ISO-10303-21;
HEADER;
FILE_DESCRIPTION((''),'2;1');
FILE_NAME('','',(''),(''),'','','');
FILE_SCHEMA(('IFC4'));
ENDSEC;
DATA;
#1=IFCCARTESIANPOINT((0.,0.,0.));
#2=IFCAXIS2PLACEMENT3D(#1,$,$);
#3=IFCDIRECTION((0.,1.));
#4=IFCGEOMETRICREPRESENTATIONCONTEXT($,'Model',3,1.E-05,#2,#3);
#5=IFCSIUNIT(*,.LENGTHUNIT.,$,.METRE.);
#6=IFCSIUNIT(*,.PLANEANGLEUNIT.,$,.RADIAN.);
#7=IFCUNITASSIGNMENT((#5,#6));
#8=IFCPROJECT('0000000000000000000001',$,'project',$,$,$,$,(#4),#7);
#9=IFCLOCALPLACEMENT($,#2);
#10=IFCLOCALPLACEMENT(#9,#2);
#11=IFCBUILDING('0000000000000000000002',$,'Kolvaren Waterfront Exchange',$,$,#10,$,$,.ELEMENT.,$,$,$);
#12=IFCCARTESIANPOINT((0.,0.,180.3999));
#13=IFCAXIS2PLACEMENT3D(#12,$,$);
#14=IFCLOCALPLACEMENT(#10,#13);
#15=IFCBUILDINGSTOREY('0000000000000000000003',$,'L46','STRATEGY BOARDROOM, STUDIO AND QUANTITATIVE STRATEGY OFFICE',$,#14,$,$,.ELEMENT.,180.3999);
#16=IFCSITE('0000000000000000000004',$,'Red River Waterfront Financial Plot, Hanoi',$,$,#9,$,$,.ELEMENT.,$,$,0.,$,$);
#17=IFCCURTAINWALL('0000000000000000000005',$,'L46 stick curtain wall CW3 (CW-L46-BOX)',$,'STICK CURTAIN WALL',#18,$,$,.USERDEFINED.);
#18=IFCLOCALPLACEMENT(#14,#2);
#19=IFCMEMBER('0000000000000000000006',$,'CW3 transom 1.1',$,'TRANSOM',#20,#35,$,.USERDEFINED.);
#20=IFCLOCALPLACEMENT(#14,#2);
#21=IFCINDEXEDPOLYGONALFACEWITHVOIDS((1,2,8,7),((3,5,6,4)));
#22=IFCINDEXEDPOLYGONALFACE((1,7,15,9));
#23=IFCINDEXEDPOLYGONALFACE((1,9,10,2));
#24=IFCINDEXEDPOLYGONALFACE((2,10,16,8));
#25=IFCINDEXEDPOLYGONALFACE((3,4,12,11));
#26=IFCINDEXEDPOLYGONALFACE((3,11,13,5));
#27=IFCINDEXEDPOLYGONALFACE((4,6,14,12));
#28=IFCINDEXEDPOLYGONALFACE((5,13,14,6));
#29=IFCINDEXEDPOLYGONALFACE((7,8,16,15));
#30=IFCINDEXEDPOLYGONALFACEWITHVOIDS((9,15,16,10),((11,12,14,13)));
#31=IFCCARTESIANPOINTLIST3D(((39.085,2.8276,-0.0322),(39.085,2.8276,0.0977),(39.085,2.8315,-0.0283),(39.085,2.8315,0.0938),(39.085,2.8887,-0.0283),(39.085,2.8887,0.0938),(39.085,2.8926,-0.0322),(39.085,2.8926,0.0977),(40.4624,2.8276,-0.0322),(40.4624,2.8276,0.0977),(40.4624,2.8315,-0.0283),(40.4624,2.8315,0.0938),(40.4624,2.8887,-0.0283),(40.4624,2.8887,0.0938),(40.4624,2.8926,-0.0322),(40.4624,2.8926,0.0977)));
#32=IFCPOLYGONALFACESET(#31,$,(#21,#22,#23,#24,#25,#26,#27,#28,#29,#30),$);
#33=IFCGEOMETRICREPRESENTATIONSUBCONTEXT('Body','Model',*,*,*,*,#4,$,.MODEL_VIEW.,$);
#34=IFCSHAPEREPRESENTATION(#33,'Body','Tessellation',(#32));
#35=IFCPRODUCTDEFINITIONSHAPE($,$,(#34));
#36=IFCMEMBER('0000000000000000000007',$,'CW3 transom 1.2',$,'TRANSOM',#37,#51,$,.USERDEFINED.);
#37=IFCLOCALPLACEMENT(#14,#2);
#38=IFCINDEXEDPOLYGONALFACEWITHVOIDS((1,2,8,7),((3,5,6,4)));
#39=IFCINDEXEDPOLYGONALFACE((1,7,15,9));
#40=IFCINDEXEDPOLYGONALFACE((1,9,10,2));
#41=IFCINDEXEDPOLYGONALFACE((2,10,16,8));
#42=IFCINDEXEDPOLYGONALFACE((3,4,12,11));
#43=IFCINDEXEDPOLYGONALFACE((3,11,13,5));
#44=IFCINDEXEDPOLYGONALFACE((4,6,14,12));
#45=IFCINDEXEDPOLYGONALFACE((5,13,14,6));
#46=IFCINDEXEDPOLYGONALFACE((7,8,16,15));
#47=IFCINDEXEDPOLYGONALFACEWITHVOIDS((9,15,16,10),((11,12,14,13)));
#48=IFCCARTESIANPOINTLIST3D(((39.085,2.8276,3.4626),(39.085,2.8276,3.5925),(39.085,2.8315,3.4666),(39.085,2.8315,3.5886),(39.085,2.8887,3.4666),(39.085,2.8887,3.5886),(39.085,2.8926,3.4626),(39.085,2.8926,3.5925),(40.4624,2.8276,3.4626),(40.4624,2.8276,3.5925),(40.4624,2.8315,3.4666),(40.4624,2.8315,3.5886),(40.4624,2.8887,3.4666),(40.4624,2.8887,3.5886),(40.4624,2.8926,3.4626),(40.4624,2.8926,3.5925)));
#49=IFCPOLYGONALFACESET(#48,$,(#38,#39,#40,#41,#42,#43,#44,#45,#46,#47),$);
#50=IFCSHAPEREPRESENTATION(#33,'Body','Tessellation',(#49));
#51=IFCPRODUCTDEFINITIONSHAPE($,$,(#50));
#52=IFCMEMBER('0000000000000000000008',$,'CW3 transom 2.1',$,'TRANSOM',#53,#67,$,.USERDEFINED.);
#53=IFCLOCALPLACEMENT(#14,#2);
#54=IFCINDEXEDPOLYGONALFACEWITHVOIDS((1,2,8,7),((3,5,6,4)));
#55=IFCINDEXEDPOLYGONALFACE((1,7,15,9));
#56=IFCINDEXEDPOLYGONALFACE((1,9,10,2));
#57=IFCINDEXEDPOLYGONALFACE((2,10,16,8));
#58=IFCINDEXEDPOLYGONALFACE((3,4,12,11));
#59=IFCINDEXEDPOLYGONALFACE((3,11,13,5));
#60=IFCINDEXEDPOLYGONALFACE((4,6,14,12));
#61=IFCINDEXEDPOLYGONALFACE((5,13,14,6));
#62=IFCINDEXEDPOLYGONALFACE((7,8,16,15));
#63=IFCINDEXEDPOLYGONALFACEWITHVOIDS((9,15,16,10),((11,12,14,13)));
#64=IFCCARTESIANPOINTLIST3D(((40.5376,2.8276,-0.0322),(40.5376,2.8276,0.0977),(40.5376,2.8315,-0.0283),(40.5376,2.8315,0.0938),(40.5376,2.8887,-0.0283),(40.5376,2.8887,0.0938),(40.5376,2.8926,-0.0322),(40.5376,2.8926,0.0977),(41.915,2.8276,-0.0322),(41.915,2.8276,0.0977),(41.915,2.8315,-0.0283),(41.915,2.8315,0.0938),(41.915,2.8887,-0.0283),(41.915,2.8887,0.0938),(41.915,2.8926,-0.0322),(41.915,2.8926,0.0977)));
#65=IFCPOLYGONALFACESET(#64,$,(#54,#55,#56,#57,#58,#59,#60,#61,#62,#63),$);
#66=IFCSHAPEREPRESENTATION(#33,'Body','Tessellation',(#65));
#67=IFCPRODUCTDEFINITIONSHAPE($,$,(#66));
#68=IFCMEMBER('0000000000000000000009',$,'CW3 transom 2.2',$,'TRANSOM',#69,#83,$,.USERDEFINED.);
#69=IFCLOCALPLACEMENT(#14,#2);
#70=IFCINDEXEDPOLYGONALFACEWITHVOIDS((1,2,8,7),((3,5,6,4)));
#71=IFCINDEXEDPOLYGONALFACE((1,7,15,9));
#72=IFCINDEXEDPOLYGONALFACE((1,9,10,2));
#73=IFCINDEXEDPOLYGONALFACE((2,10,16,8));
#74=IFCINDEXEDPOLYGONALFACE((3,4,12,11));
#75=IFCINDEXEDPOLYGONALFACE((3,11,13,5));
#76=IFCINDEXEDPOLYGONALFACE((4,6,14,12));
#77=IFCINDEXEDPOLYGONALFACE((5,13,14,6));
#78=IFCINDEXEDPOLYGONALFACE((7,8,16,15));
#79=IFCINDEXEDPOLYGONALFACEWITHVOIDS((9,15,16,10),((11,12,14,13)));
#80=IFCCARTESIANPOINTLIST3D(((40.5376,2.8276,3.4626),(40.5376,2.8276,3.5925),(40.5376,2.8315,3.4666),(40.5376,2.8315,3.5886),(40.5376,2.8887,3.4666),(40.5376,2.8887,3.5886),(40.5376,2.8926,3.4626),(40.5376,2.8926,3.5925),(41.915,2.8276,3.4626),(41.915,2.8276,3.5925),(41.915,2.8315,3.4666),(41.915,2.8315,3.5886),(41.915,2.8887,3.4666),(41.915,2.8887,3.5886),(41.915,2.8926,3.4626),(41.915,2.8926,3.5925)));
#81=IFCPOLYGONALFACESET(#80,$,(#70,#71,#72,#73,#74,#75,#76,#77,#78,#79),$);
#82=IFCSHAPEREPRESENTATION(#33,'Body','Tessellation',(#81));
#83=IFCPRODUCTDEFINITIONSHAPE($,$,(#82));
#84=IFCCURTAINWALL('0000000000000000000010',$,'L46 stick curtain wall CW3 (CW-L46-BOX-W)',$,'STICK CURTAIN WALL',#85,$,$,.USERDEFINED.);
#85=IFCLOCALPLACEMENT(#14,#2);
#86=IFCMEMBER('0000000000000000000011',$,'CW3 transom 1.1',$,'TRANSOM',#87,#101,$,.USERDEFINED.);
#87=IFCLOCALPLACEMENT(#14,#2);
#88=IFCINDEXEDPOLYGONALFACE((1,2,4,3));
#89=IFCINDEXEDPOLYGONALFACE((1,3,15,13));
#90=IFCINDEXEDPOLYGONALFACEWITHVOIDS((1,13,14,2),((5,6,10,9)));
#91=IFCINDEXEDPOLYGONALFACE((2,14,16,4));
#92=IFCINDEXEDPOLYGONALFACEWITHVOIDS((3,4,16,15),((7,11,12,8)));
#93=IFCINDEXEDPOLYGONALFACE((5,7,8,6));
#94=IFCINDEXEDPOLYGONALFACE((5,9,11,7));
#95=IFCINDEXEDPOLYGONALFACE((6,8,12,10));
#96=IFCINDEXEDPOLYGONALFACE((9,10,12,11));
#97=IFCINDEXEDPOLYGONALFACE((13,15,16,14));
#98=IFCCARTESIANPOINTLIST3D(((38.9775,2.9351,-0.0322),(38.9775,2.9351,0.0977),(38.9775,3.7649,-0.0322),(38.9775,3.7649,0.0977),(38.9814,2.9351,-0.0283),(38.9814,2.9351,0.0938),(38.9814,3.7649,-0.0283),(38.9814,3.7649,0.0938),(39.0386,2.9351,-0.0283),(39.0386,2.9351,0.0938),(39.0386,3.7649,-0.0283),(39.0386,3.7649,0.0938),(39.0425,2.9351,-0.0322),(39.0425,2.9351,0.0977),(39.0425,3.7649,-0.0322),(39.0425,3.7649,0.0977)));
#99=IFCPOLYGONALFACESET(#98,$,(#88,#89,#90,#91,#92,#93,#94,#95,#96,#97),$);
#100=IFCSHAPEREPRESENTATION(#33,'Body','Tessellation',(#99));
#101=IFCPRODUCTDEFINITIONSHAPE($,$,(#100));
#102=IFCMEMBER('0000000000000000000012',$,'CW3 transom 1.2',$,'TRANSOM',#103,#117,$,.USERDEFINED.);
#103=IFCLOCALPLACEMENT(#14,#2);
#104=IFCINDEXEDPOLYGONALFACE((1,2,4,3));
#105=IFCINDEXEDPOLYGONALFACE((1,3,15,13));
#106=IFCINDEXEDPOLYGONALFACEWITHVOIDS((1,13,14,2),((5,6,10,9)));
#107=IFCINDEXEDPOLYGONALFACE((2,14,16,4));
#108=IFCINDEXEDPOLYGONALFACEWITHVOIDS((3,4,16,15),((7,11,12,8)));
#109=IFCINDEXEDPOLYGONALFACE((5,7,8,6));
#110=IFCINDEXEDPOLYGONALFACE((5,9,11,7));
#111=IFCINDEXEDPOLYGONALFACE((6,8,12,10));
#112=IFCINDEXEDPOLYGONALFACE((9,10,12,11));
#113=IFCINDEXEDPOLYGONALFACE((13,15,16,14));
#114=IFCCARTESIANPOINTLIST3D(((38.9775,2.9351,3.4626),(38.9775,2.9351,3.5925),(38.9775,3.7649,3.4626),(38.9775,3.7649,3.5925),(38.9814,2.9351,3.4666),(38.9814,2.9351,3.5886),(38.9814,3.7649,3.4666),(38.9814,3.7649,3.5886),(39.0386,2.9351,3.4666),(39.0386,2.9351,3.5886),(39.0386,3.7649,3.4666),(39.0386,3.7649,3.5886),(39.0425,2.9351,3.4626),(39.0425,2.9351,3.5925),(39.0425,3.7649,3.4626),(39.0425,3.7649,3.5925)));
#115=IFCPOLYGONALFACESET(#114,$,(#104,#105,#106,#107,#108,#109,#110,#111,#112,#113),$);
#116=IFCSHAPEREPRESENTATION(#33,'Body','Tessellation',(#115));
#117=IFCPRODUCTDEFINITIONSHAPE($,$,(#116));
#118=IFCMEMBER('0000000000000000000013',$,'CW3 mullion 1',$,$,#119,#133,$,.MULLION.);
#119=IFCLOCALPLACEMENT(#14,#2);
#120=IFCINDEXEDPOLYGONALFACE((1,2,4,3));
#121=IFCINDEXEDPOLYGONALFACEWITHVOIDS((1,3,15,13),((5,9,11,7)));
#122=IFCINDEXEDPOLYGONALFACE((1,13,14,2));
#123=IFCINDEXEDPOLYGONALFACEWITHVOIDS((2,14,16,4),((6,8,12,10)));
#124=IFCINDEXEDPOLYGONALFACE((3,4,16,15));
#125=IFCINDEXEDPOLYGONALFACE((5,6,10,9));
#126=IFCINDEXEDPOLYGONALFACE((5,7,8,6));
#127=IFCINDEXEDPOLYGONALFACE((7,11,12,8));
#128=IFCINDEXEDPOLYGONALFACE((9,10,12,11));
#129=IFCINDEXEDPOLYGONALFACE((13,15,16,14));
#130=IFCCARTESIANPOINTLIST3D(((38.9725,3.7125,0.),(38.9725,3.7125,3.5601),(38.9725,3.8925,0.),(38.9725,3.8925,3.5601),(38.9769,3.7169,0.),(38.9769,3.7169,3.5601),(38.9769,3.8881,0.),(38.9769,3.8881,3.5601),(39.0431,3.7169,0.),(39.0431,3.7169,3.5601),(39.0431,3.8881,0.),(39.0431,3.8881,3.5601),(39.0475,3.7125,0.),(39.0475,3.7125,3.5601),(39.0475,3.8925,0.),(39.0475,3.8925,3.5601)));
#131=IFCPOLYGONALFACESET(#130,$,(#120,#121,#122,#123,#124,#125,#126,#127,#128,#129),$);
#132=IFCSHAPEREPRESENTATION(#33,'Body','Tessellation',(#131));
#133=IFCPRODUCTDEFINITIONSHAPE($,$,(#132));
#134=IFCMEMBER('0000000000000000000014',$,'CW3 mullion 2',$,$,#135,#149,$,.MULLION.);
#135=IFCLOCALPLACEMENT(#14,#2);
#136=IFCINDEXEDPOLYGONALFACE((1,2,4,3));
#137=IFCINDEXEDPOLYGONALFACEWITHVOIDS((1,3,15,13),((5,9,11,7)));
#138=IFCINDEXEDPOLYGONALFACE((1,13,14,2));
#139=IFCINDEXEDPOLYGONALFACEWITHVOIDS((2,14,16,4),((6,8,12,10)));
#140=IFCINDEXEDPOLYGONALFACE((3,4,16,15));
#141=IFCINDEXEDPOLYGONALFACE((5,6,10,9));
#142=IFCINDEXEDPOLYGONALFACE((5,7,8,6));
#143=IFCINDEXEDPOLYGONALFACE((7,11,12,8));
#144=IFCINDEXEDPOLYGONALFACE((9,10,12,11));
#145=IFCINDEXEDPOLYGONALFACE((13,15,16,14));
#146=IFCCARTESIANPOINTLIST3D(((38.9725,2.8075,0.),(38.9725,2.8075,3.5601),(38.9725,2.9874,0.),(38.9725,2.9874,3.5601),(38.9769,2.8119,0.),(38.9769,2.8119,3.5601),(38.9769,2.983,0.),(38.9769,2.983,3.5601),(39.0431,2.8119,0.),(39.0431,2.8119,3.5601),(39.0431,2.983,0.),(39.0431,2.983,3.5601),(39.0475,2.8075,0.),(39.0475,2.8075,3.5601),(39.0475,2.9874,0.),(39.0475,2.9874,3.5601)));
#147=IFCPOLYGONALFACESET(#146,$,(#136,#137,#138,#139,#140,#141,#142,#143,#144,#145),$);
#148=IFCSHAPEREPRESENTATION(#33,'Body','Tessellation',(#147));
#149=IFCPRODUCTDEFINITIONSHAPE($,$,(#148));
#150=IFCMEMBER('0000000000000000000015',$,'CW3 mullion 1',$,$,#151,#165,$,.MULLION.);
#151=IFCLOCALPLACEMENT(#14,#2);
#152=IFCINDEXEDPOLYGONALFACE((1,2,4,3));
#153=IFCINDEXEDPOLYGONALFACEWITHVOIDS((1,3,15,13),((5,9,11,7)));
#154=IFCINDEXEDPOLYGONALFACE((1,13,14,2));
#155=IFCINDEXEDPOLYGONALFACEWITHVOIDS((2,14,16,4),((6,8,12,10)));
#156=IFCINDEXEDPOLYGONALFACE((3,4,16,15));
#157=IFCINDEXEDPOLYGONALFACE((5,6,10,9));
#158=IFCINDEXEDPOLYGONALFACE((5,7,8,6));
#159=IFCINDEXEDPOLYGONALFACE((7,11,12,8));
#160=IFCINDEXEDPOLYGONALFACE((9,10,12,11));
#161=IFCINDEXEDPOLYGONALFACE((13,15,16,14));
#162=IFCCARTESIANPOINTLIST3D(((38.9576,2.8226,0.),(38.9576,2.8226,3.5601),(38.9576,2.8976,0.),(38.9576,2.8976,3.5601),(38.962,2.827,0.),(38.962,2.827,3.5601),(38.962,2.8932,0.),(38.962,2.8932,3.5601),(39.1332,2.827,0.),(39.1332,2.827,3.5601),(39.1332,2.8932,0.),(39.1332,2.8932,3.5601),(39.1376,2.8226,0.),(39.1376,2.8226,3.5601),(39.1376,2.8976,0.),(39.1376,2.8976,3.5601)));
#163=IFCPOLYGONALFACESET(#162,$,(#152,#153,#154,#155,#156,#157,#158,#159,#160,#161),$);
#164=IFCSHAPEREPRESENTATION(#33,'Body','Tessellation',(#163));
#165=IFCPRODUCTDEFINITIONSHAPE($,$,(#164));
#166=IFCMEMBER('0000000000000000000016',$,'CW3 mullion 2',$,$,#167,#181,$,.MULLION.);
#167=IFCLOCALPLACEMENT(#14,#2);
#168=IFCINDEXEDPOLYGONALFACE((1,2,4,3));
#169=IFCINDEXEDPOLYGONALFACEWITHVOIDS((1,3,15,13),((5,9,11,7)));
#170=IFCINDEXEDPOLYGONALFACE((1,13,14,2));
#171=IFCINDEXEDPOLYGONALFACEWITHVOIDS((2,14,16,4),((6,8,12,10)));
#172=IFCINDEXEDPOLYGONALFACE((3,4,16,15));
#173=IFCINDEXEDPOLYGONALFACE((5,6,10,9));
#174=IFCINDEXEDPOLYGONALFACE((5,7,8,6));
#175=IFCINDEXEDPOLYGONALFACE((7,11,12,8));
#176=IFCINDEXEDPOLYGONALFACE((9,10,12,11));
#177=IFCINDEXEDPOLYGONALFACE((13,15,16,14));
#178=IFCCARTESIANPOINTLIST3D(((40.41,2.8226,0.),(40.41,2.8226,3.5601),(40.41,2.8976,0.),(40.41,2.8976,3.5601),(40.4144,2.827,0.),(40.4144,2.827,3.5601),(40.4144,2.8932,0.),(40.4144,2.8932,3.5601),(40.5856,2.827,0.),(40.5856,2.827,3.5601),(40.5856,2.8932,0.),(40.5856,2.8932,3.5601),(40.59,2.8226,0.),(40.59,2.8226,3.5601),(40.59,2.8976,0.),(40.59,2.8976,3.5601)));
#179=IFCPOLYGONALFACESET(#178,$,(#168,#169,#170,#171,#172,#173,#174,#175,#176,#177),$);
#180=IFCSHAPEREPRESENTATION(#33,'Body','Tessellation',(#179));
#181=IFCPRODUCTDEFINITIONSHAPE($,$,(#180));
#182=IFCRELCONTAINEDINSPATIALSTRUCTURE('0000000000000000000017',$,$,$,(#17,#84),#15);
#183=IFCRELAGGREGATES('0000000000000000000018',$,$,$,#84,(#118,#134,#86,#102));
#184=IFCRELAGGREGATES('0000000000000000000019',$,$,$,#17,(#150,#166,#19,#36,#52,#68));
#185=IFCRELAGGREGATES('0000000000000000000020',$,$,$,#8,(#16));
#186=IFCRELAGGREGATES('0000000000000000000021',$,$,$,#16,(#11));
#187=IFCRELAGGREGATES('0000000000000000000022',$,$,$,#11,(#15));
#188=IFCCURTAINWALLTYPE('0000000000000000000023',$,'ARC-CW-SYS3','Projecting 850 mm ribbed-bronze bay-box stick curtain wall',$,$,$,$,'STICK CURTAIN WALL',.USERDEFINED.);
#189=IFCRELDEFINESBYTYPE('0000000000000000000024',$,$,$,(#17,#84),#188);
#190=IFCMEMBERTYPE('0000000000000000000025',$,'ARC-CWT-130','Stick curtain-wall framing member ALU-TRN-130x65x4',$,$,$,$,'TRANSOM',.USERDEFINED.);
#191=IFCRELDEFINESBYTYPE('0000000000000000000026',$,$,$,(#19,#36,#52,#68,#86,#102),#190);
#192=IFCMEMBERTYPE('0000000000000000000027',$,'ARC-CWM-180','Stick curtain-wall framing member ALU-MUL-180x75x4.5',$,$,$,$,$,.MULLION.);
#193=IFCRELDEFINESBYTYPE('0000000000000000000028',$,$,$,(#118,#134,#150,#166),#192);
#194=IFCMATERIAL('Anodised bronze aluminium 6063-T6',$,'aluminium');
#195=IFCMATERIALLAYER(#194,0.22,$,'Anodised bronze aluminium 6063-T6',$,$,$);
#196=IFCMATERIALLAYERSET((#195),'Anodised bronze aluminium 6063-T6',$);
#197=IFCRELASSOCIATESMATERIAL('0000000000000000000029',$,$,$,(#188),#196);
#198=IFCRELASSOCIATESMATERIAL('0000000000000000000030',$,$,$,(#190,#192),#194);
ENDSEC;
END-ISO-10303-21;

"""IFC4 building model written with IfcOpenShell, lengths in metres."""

from ifc_helpers import new_model, si_unit, direction, frame, origin, origin_with_axes, origin_2d, place, context, subcontext, project, spatial, hollow_rectangle, extrude, source, transform, mapped, material, layer, layer_set, material_profile, profile_set, type_object, element, aggregate, save


model = new_model("IFC4")

# Units and contexts
model_context = context("Model", 3, precision=1e-05, world=origin(), true_north=direction((0.0, 1.0)))
body_context = subcontext(model_context, "Body", "Model", "MODEL_VIEW")
ifc_project = project(units=[si_unit("LENGTHUNIT", "METRE"), si_unit("PLANEANGLEUNIT", "RADIAN")], contexts=[model_context])

# Site, building, storey
site_placement = place(None, origin())
site = spatial("IfcSite", under=ifc_project, at=site_placement, Name="Red River Waterfront Financial Plot, Hanoi", CompositionType="ELEMENT", RefElevation=0.0)
building_placement = place(site_placement, origin())
building = spatial("IfcBuilding", under=site, at=building_placement, Name="Kolvaren Waterfront Exchange", CompositionType="ELEMENT")
storey_placement = place(building_placement, frame((0.0, 0.0, 180.3999)))
storey = spatial("IfcBuildingStorey", under=building, at=storey_placement, Name="L46", Description="STRATEGY BOARDROOM, STUDIO AND QUANTITATIVE STRATEGY OFFICE", CompositionType="ELEMENT", Elevation=180.3999)

# Curtain walls, members
ifc_material_1 = material(Name="Anodised bronze aluminium 6063-T6", Category="aluminium")
ifc_layer_1 = layer(ifc_material_1, 0.22, Name="Anodised bronze aluminium 6063-T6")
ifc_layer_set_1 = layer_set([ifc_layer_1], Name="Anodised bronze aluminium 6063-T6")
curtain_wall_type_1 = type_object("IfcCurtainWallType", Name="ARC-CW-SYS3", Description="Projecting 850 mm ribbed-bronze bay-box stick curtain wall", ElementType="STICK CURTAIN WALL", PredefinedType="USERDEFINED", material=ifc_layer_set_1)
curtain_wall_1_placement = place(storey_placement, origin())
curtain_wall_1 = element("IfcCurtainWall", 1, at=curtain_wall_1_placement, inside=storey, type_object=curtain_wall_type_1, Name="L46 stick curtain wall CW3 (CW-L46-BOX)", ObjectType="STICK CURTAIN WALL", PredefinedType="USERDEFINED")
ifc_material_profile_1 = material_profile(ifc_material_1, hollow_rectangle(XDim=0.0649, YDim=0.1299, WallThickness=0.0039, at=origin_2d()), Name="ALU-TRN-130x65x4")
ifc_profile_set_1 = profile_set([ifc_material_profile_1], Name="Anodised bronze aluminium 6063-T6")
member_type_1 = type_object("IfcMemberType", Name="ARC-CWT-130", Description="Stick curtain-wall framing member ALU-TRN-130x65x4", ElementType="TRANSOM", PredefinedType="USERDEFINED", material=ifc_profile_set_1)
shared_shape_1 = source(origin_with_axes(), body_context, "Body", "SweptSolid", [
    extrude(hollow_rectangle(XDim=0.0649, YDim=0.1299, WallThickness=0.0039, at=origin_2d()), origin(), (0.0, 0.0, 1.0), 1.3774),
])
member_1_placement = place(storey_placement, frame((39.085, 2.8601, 0.0327), z_axis=(1.0, 0.0, 0.0), x_axis=(0.0, 1.0, 0.0)))
member_1 = element("IfcMember", 2, at=member_1_placement, type_object=member_type_1, Name="CW3 transom 1.1", ObjectType="TRANSOM", PredefinedType="USERDEFINED", context=body_context, shape_type="MappedRepresentation", body=[
    mapped(shared_shape_1, transform((0.0, 0.0, 0.0), x_axis=(1.0, 0.0, 0.0), y_axis=(0.0, 1.0, 0.0), z_axis=(0.0, 0.0, 1.0), scale=1.0)),
])
member_2_placement = place(storey_placement, frame((39.085, 2.8601, 3.5276), z_axis=(1.0, 0.0, 0.0), x_axis=(0.0, 1.0, 0.0)))
member_2 = element("IfcMember", 3, at=member_2_placement, type_object=member_type_1, Name="CW3 transom 1.2", ObjectType="TRANSOM", PredefinedType="USERDEFINED", context=body_context, shape_type="MappedRepresentation", body=[
    mapped(shared_shape_1, transform((0.0, 0.0, 0.0), x_axis=(1.0, 0.0, 0.0), y_axis=(0.0, 1.0, 0.0), z_axis=(0.0, 0.0, 1.0), scale=1.0)),
])
member_3_placement = place(storey_placement, frame((40.5376, 2.8601, 0.0327), z_axis=(1.0, 0.0, 0.0), x_axis=(0.0, 1.0, 0.0)))
member_3 = element("IfcMember", 4, at=member_3_placement, type_object=member_type_1, Name="CW3 transom 2.1", ObjectType="TRANSOM", PredefinedType="USERDEFINED", context=body_context, shape_type="MappedRepresentation", body=[
    mapped(shared_shape_1, transform((0.0, 0.0, 0.0), x_axis=(1.0, 0.0, 0.0), y_axis=(0.0, 1.0, 0.0), z_axis=(0.0, 0.0, 1.0), scale=1.0)),
])
member_4_placement = place(storey_placement, frame((40.5376, 2.8601, 3.5276), z_axis=(1.0, 0.0, 0.0), x_axis=(0.0, 1.0, 0.0)))
member_4 = element("IfcMember", 5, at=member_4_placement, type_object=member_type_1, Name="CW3 transom 2.2", ObjectType="TRANSOM", PredefinedType="USERDEFINED", context=body_context, shape_type="MappedRepresentation", body=[
    mapped(shared_shape_1, transform((0.0, 0.0, 0.0), x_axis=(1.0, 0.0, 0.0), y_axis=(0.0, 1.0, 0.0), z_axis=(0.0, 0.0, 1.0), scale=1.0)),
])
curtain_wall_2_placement = place(storey_placement, origin())
curtain_wall_2 = element("IfcCurtainWall", 6, at=curtain_wall_2_placement, inside=storey, type_object=curtain_wall_type_1, Name="L46 stick curtain wall CW3 (CW-L46-BOX-W)", ObjectType="STICK CURTAIN WALL", PredefinedType="USERDEFINED")
shared_shape_2 = source(origin_with_axes(), body_context, "Body", "SweptSolid", [
    extrude(hollow_rectangle(XDim=0.0649, YDim=0.1299, WallThickness=0.0039, at=origin_2d()), origin(), (0.0, 0.0, 1.0), 0.8298),
])
member_5_placement = place(storey_placement, frame((39.01, 3.7649, 0.0327), z_axis=(0.0, -1.0, 0.0), x_axis=(1.0, 0.0, 0.0)))
member_5 = element("IfcMember", 7, at=member_5_placement, type_object=member_type_1, Name="CW3 transom 1.1", ObjectType="TRANSOM", PredefinedType="USERDEFINED", context=body_context, shape_type="MappedRepresentation", body=[
    mapped(shared_shape_2, transform((0.0, 0.0, 0.0), x_axis=(1.0, 0.0, 0.0), y_axis=(0.0, 1.0, 0.0), z_axis=(0.0, 0.0, 1.0), scale=1.0)),
])
member_6_placement = place(storey_placement, frame((39.01, 3.7649, 3.5276), z_axis=(0.0, -1.0, 0.0), x_axis=(1.0, 0.0, 0.0)))
member_6 = element("IfcMember", 8, at=member_6_placement, type_object=member_type_1, Name="CW3 transom 1.2", ObjectType="TRANSOM", PredefinedType="USERDEFINED", context=body_context, shape_type="MappedRepresentation", body=[
    mapped(shared_shape_2, transform((0.0, 0.0, 0.0), x_axis=(1.0, 0.0, 0.0), y_axis=(0.0, 1.0, 0.0), z_axis=(0.0, 0.0, 1.0), scale=1.0)),
])
ifc_material_profile_2 = material_profile(ifc_material_1, hollow_rectangle(XDim=0.075, YDim=0.1799, WallThickness=0.0044, at=origin_2d()), Name="ALU-MUL-180x75x4.5")
ifc_profile_set_2 = profile_set([ifc_material_profile_2], Name="Anodised bronze aluminium 6063-T6")
member_type_2 = type_object("IfcMemberType", Name="ARC-CWM-180", Description="Stick curtain-wall framing member ALU-MUL-180x75x4.5", PredefinedType="MULLION", material=ifc_profile_set_2)
shared_shape_3 = source(origin_with_axes(), body_context, "Body", "SweptSolid", [
    extrude(hollow_rectangle(XDim=0.075, YDim=0.1799, WallThickness=0.0044, at=origin_2d()), origin(), (0.0, 0.0, 1.0), 3.5601),
])
member_7_placement = place(storey_placement, frame((39.01, 3.8025, 0.0), z_axis=(0.0, 0.0, 1.0), x_axis=(1.0, 0.0, 0.0)))
member_7 = element("IfcMember", 9, at=member_7_placement, type_object=member_type_2, Name="CW3 mullion 1", PredefinedType="MULLION", context=body_context, shape_type="MappedRepresentation", body=[
    mapped(shared_shape_3, transform((0.0, 0.0, 0.0), x_axis=(1.0, 0.0, 0.0), y_axis=(0.0, 1.0, 0.0), z_axis=(0.0, 0.0, 1.0), scale=1.0)),
])
member_8_placement = place(storey_placement, frame((39.01, 2.8975, 0.0), z_axis=(0.0, 0.0, 1.0), x_axis=(1.0, 0.0, 0.0)))
member_8 = element("IfcMember", 10, at=member_8_placement, type_object=member_type_2, Name="CW3 mullion 2", PredefinedType="MULLION", context=body_context, shape_type="MappedRepresentation", body=[
    mapped(shared_shape_3, transform((0.0, 0.0, 0.0), x_axis=(1.0, 0.0, 0.0), y_axis=(0.0, 1.0, 0.0), z_axis=(0.0, 0.0, 1.0), scale=1.0)),
])

# Members
member_9_placement = place(storey_placement, frame((39.0476, 2.8601, 0.0), z_axis=(0.0, 0.0, 1.0), x_axis=(0.0, 1.0, 0.0)))
member_9 = element("IfcMember", 11, at=member_9_placement, type_object=member_type_2, Name="CW3 mullion 1", PredefinedType="MULLION", context=body_context, shape_type="MappedRepresentation", body=[
    mapped(shared_shape_3, transform((0.0, 0.0, 0.0), x_axis=(1.0, 0.0, 0.0), y_axis=(0.0, 1.0, 0.0), z_axis=(0.0, 0.0, 1.0), scale=1.0)),
])
member_10_placement = place(storey_placement, frame((40.5, 2.8601, 0.0), z_axis=(0.0, 0.0, 1.0), x_axis=(0.0, 1.0, 0.0)))
member_10 = element("IfcMember", 12, at=member_10_placement, type_object=member_type_2, Name="CW3 mullion 2", PredefinedType="MULLION", context=body_context, shape_type="MappedRepresentation", body=[
    mapped(shared_shape_3, transform((0.0, 0.0, 0.0), x_axis=(1.0, 0.0, 0.0), y_axis=(0.0, 1.0, 0.0), z_axis=(0.0, 0.0, 1.0), scale=1.0)),
])

aggregate(curtain_wall_2, [member_7, member_8, member_5, member_6])
aggregate(curtain_wall_1, [member_9, member_10, member_1, member_2, member_3, member_4])

save(model, "model.ifc")
